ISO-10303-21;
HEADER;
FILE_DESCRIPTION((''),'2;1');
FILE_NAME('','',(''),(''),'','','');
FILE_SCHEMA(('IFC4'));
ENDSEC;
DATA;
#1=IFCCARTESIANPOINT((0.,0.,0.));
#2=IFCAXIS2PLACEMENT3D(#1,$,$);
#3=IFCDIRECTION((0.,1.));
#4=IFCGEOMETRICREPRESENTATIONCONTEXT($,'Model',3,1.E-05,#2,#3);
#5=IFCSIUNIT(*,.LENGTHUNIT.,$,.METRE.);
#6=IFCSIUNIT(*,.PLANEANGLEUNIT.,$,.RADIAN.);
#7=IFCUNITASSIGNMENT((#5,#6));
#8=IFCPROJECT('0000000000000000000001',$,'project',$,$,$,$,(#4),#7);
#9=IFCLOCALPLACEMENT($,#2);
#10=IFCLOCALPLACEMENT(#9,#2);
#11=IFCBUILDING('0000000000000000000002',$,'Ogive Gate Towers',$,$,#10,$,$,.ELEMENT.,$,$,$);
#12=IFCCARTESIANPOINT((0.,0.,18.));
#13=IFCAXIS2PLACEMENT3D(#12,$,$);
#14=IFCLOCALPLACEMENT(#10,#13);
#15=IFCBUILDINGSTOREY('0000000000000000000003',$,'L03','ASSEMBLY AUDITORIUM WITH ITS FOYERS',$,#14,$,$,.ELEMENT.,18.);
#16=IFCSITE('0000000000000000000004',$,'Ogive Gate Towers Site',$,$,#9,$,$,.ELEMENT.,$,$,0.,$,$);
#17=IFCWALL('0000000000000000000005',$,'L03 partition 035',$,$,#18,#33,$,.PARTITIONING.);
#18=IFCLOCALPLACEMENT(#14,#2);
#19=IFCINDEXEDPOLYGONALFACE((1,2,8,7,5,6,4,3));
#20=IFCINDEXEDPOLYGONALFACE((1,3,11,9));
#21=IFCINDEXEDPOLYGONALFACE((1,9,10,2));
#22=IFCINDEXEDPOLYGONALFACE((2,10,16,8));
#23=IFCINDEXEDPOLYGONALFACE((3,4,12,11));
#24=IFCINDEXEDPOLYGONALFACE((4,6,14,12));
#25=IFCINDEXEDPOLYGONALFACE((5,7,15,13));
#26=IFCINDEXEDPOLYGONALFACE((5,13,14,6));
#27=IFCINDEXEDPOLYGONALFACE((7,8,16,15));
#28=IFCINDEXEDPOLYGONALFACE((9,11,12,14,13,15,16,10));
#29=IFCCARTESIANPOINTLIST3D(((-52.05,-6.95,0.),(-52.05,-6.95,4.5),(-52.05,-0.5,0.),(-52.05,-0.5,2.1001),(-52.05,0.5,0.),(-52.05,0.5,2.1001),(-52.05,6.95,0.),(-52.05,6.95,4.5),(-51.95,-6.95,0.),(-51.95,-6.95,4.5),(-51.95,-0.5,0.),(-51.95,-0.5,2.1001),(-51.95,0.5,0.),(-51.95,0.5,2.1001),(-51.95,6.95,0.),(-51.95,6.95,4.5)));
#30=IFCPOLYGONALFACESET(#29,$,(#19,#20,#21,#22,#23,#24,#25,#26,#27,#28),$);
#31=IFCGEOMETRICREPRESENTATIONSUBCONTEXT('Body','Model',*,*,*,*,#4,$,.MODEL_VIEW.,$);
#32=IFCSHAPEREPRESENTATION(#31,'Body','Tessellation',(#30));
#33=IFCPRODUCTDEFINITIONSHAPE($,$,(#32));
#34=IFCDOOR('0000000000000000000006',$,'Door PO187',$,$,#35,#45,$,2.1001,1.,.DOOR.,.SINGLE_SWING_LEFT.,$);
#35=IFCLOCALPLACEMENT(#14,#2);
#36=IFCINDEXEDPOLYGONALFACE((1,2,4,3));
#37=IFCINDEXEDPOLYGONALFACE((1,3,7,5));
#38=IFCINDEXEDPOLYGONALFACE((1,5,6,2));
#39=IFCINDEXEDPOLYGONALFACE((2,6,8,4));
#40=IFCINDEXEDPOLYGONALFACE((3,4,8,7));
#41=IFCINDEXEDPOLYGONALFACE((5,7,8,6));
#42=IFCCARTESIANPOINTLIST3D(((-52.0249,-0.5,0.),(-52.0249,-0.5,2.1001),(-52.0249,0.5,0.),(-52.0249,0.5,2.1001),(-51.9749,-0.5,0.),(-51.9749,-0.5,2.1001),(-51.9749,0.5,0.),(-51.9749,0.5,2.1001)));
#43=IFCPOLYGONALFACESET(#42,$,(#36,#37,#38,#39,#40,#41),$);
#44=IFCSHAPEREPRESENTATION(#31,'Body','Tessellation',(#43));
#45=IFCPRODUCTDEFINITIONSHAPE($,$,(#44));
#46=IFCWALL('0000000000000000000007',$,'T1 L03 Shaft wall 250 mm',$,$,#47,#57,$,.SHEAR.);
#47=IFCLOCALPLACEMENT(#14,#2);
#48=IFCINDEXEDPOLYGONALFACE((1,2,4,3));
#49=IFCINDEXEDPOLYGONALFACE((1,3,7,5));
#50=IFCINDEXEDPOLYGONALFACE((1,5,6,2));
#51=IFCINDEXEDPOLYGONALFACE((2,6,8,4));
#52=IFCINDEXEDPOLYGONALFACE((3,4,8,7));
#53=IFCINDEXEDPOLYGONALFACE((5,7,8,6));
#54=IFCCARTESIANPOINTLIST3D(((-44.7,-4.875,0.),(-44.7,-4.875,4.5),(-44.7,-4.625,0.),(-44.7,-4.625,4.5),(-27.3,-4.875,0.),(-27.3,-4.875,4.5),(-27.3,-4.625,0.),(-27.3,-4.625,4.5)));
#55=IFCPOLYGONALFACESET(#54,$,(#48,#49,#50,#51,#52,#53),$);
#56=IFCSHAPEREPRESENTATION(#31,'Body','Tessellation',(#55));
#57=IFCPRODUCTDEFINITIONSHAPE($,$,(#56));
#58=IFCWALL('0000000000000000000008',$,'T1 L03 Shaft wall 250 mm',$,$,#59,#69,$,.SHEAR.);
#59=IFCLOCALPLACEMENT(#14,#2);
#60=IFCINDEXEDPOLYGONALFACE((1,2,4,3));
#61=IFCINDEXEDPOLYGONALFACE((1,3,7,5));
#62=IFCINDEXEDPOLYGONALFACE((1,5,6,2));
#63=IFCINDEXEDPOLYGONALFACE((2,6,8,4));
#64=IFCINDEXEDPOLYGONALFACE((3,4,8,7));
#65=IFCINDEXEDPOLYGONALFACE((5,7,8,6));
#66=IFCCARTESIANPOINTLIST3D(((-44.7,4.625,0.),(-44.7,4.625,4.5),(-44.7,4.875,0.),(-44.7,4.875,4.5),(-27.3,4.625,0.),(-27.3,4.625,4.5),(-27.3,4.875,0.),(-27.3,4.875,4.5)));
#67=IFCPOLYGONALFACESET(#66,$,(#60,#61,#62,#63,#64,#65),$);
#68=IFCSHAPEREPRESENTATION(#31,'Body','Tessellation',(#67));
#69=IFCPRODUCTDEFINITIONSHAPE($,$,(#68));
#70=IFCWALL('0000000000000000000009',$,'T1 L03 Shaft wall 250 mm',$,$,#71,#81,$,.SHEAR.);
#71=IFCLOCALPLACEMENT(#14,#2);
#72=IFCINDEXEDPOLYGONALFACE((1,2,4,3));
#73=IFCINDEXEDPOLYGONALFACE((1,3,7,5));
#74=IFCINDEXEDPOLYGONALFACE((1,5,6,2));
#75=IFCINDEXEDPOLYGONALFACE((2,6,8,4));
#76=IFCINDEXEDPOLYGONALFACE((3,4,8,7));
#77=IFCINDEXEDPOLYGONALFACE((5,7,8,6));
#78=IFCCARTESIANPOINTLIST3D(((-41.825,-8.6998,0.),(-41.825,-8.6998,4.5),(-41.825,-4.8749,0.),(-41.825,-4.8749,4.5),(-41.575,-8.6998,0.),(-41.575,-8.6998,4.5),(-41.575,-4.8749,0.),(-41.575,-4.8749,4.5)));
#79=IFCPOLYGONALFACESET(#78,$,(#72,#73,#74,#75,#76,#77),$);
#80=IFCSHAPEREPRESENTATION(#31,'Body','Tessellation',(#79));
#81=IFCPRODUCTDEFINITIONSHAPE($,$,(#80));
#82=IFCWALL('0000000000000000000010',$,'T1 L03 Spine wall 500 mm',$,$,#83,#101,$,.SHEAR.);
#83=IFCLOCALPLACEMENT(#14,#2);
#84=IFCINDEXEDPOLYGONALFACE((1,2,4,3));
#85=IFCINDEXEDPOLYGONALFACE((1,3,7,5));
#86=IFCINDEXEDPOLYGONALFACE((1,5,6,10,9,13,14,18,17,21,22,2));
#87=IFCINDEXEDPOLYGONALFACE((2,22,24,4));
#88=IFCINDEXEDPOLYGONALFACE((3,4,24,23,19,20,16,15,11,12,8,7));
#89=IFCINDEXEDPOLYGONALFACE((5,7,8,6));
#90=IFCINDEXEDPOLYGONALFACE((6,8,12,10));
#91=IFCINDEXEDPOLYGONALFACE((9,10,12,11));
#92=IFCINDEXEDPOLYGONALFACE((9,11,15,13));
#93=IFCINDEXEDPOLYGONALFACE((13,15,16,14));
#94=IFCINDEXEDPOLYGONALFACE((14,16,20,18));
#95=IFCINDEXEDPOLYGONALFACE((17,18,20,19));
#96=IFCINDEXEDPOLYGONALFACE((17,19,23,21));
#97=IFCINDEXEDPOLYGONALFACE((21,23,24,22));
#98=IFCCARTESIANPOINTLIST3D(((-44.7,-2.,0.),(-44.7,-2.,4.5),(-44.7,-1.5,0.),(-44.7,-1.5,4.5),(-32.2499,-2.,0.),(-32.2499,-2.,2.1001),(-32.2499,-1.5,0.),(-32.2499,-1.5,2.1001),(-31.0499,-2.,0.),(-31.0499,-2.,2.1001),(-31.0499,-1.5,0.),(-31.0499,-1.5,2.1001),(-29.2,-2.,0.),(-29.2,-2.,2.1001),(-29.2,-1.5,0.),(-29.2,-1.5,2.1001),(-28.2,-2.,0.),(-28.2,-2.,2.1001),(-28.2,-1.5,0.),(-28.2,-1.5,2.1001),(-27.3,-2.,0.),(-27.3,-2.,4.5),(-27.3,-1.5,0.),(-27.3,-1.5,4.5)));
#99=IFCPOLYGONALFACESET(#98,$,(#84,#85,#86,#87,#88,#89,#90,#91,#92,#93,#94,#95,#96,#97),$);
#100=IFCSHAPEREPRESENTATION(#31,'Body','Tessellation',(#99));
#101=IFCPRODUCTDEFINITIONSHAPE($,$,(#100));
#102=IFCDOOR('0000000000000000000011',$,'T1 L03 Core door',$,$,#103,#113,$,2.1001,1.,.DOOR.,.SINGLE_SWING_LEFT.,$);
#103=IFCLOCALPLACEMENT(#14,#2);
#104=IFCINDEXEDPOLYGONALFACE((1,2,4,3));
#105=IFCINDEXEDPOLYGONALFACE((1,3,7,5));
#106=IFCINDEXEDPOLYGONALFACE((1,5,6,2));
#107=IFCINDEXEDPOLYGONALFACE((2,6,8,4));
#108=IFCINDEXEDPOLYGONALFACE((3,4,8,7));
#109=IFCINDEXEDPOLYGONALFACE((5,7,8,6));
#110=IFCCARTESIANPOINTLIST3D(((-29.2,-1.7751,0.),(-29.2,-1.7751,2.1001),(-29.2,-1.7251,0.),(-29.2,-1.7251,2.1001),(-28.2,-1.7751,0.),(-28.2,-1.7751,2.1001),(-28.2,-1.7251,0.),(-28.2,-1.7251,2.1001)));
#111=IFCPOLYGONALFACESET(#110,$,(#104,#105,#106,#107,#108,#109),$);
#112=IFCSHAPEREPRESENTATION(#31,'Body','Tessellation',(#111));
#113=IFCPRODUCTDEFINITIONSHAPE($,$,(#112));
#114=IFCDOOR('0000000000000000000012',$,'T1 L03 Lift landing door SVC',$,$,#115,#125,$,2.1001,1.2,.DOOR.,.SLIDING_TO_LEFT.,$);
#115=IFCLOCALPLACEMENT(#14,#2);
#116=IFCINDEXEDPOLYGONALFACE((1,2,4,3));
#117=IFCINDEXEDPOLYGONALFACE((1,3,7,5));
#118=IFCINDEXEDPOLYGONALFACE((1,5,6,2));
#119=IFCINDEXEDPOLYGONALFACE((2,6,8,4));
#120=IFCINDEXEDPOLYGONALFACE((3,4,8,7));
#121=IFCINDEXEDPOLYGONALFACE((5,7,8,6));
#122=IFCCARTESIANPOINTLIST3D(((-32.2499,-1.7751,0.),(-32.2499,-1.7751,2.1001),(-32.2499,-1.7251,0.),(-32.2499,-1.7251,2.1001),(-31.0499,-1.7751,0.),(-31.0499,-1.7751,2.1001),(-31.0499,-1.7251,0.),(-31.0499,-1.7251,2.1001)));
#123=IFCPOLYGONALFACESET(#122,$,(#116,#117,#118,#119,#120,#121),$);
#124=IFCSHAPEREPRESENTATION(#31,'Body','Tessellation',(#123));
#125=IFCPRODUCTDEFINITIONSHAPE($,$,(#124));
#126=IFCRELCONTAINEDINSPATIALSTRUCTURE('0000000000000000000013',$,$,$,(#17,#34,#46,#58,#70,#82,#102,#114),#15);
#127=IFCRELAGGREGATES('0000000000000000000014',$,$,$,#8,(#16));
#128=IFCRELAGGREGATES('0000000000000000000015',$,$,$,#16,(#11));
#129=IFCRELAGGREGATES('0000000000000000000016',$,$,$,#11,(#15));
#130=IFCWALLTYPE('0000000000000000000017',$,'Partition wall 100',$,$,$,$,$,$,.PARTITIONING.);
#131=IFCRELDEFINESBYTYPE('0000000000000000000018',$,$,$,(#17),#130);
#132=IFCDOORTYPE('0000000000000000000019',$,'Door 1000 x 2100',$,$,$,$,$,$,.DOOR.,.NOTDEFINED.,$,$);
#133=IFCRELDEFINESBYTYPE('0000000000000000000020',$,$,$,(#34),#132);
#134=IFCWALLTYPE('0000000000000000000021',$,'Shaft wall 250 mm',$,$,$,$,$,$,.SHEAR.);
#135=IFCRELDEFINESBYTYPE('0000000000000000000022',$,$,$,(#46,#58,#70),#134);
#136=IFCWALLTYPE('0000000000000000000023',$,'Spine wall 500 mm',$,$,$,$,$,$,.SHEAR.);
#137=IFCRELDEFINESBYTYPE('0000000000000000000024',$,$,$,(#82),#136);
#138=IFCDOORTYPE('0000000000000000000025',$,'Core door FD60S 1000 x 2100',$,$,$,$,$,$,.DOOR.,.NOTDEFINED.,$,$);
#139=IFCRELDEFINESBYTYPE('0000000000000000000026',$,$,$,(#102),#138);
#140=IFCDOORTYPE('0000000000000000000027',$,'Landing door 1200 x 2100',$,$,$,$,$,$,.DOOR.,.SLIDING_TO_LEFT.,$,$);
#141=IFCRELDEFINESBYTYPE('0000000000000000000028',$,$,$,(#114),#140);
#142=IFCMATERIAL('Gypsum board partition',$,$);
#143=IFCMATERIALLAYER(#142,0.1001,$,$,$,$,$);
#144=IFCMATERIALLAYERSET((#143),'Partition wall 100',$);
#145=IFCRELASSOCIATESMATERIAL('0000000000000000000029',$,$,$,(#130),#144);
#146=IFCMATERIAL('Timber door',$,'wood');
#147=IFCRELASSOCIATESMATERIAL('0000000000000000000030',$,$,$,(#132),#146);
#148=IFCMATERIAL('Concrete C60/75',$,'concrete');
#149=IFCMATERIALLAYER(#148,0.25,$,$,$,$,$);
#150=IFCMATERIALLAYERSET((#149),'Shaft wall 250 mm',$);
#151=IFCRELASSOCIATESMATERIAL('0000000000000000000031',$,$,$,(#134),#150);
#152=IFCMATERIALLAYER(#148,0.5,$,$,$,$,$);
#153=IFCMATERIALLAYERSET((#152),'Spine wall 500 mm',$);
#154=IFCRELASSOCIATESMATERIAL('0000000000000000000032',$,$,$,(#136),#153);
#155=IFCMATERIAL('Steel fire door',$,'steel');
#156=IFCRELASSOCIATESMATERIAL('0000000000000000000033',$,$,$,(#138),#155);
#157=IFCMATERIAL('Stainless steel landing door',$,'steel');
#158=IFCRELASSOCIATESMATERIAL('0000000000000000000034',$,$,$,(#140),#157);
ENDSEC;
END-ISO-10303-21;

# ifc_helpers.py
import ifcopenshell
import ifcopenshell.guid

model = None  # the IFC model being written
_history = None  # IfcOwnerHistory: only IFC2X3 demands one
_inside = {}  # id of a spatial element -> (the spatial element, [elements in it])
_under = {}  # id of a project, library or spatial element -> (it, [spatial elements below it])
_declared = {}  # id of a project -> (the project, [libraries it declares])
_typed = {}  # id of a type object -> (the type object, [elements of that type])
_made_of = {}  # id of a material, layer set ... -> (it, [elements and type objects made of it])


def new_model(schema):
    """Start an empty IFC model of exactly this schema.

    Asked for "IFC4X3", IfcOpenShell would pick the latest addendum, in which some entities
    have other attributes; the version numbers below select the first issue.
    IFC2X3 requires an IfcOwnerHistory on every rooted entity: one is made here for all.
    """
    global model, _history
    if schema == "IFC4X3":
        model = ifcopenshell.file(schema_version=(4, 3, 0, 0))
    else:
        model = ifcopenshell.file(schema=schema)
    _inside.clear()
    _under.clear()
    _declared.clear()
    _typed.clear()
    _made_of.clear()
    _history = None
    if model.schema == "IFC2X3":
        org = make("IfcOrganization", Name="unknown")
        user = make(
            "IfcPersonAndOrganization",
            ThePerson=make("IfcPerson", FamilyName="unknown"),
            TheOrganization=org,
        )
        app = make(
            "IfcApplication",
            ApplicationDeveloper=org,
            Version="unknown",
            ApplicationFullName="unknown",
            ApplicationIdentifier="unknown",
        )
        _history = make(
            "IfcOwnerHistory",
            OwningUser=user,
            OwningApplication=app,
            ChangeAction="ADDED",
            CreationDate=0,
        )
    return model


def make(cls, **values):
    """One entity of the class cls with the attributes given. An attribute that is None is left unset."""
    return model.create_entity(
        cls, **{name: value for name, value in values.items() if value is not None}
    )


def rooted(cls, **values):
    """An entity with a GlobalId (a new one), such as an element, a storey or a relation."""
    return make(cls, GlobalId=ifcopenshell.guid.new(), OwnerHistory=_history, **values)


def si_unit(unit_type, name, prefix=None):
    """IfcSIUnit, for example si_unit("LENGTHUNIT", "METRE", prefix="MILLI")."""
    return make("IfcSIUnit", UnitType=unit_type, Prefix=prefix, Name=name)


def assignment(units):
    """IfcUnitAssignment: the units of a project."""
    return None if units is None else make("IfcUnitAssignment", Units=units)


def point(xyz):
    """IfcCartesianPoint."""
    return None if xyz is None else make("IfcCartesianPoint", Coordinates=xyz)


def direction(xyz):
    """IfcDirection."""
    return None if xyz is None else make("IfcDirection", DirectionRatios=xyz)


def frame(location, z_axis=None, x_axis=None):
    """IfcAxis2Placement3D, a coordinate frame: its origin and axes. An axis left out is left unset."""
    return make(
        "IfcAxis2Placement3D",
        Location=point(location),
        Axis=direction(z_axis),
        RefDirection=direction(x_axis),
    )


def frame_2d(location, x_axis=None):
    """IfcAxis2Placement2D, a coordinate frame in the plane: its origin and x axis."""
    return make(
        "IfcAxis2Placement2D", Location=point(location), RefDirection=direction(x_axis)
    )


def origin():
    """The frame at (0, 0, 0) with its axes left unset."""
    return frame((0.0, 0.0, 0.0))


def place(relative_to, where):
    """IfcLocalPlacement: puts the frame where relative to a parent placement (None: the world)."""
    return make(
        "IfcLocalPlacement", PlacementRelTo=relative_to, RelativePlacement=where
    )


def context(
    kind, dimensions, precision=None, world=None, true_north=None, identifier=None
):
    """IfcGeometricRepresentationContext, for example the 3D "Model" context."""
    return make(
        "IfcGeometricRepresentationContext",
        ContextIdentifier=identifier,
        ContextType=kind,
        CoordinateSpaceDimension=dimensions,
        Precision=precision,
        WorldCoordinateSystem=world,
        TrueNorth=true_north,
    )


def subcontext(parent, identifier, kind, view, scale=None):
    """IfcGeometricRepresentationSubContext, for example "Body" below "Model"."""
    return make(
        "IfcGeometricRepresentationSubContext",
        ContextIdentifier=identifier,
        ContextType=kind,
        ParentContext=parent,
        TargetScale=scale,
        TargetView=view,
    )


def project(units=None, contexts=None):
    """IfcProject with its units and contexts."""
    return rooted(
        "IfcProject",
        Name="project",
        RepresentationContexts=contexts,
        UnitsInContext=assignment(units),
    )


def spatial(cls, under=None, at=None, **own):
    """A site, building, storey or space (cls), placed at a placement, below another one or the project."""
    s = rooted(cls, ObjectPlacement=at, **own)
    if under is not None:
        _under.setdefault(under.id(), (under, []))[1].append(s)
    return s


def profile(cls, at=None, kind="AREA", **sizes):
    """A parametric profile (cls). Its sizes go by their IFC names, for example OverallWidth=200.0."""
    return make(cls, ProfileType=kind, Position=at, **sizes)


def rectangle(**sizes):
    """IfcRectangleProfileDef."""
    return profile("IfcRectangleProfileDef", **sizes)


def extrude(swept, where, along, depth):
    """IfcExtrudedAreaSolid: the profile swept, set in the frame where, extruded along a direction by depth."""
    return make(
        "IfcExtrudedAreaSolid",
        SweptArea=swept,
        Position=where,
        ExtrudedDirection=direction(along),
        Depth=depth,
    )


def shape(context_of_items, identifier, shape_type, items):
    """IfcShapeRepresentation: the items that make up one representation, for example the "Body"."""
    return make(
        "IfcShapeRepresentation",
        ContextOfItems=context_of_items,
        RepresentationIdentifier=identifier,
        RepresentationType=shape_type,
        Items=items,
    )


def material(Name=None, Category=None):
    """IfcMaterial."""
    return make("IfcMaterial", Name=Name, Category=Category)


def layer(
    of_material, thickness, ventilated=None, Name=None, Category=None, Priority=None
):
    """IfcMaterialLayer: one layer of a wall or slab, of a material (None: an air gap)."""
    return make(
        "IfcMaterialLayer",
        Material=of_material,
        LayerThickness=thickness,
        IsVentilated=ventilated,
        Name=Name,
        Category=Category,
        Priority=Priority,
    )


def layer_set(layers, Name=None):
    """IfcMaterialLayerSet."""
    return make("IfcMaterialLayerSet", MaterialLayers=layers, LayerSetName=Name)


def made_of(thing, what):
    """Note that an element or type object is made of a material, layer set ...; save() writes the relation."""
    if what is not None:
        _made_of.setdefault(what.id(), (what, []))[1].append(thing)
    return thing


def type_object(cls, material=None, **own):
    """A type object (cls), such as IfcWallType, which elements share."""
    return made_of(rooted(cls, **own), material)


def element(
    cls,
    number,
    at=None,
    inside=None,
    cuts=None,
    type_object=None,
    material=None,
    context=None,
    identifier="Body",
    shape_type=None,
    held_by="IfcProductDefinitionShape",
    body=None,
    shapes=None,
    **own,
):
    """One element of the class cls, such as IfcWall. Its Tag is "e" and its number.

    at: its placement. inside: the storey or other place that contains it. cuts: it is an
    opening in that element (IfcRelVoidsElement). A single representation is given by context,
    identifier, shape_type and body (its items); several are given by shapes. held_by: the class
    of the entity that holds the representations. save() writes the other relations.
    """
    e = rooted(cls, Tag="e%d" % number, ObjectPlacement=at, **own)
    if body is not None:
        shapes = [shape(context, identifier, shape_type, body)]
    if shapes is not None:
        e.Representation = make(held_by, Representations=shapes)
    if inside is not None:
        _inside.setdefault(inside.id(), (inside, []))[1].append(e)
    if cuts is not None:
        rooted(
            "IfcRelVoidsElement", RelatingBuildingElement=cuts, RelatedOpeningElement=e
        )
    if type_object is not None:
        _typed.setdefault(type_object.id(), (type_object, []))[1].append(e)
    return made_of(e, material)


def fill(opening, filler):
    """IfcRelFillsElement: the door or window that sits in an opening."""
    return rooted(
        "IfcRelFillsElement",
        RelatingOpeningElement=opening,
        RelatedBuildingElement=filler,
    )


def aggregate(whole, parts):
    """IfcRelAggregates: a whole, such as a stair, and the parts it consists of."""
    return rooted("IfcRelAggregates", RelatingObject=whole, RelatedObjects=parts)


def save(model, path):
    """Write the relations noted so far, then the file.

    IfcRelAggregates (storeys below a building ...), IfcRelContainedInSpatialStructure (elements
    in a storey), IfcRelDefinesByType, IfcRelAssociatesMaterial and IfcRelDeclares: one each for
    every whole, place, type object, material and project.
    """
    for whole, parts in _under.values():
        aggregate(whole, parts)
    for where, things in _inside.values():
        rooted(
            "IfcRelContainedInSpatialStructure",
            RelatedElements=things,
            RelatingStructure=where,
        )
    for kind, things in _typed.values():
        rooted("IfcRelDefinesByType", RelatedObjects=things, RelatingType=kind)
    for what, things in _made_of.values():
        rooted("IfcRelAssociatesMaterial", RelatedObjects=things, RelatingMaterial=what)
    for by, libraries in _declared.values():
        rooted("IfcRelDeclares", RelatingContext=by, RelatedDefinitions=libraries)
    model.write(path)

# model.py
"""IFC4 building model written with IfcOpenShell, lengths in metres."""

from ifc_helpers import new_model, si_unit, direction, frame, frame_2d, origin, place, context, subcontext, project, spatial, rectangle, extrude, material, layer, layer_set, type_object, element, fill, save


model = new_model("IFC4")

# Units and contexts
model_context = context("Model", 3, precision=1e-05, world=origin(), true_north=direction((0.0, 1.0)))
body_context = subcontext(model_context, "Body", "Model", "MODEL_VIEW")
ifc_project = project(units=[si_unit("LENGTHUNIT", "METRE"), si_unit("PLANEANGLEUNIT", "RADIAN")], contexts=[model_context])

# Site, building, storey
site_placement = place(None, origin())
site = spatial("IfcSite", under=ifc_project, at=site_placement, Name="Ogive Gate Towers Site", CompositionType="ELEMENT", RefElevation=0.0)
building_placement = place(site_placement, origin())
building = spatial("IfcBuilding", under=site, at=building_placement, Name="Ogive Gate Towers", CompositionType="ELEMENT")
storey_placement = place(building_placement, frame((0.0, 0.0, 18.0)))
storey = spatial("IfcBuildingStorey", under=building, at=storey_placement, Name="L03", Description="ASSEMBLY AUDITORIUM WITH ITS FOYERS", CompositionType="ELEMENT", Elevation=18.0)

# Shared definitions
ifc_material_1 = material(Name="Concrete C60/75", Category="concrete")
ifc_material_2 = material(Name="Timber door", Category="wood")
ifc_material_3 = material(Name="Steel fire door", Category="steel")

# Wall, opening, door
ifc_material_4 = material(Name="Gypsum board partition")
ifc_layer_1 = layer(ifc_material_4, 0.1001)
ifc_layer_set_1 = layer_set([ifc_layer_1], Name="Partition wall 100")
wall_type_1 = type_object("IfcWallType", Name="Partition wall 100", PredefinedType="PARTITIONING", material=ifc_layer_set_1)
wall_1_placement = place(storey_placement, frame((-52.0, -6.95, 0.0), z_axis=(0.0, 0.0, 1.0), x_axis=(0.0, 1.0, 0.0)))
wall_1 = element("IfcWall", 1, at=wall_1_placement, inside=storey, type_object=wall_type_1, Name="L03 partition 035", PredefinedType="PARTITIONING", context=body_context, shape_type="SweptSolid", body=[
    extrude(rectangle(XDim=13.8999, YDim=0.1001, at=frame_2d((6.95, 0.0))), origin(), (0.0, 0.0, 1.0), 4.5),
])
opening_1_placement = place(wall_1_placement, frame((6.45, 0.0, 0.0)))
opening_1 = element("IfcOpeningElement", 2, at=opening_1_placement, cuts=wall_1, PredefinedType="OPENING", context=body_context, shape_type="SweptSolid", body=[
    extrude(rectangle(XDim=1.0, YDim=2.1001, at=frame_2d((0.5, 1.05))), frame((0.0, 0.0601, 0.0), z_axis=(0.0, -1.0, 0.0), x_axis=(1.0, 0.0, 0.0)), (0.0, 0.0, 1.0), 0.1201),
])
door_type_1 = type_object("IfcDoorType", Name="Door 1000 x 2100", OperationType="NOTDEFINED", PredefinedType="DOOR", material=ifc_material_2)
door_1_placement = place(opening_1_placement, origin())
door_1 = element("IfcDoor", 3, at=door_1_placement, inside=storey, type_object=door_type_1, Name="Door PO187", OperationType="SINGLE_SWING_LEFT", OverallHeight=2.1001, OverallWidth=1.0, PredefinedType="DOOR", context=body_context, shape_type="SweptSolid", body=[
    extrude(rectangle(XDim=1.0, YDim=2.1001, at=frame_2d((0.5, 1.05))), frame((0.0, 0.0249, 0.0), z_axis=(0.0, -1.0, 0.0), x_axis=(1.0, 0.0, 0.0)), (0.0, 0.0, 1.0), 0.05),
])
fill(opening_1, door_1)

# Walls
ifc_layer_2 = layer(ifc_material_1, 0.25)
ifc_layer_set_2 = layer_set([ifc_layer_2], Name="Shaft wall 250 mm")
wall_type_2 = type_object("IfcWallType", Name="Shaft wall 250 mm", PredefinedType="SHEAR", material=ifc_layer_set_2)
for number, where, z_axis, x_axis, name in (
    (4, (-44.7, -4.75, 0.0), (0.0, 0.0, 1.0), (1.0, 0.0, 0.0), "T1 L03 Shaft wall 250 mm"),
    (5, (-44.7, 4.75, 0.0), (0.0, 0.0, 1.0), (1.0, 0.0, 0.0), "T1 L03 Shaft wall 250 mm"),
):
    element("IfcWall", number, at=place(storey_placement, frame(where, z_axis=z_axis, x_axis=x_axis)), inside=storey, type_object=wall_type_2, Name=name, PredefinedType="SHEAR", context=body_context, shape_type="SweptSolid", body=[
        extrude(rectangle(XDim=17.3999, YDim=0.25, at=frame_2d((8.7, 0.0))), origin(), (0.0, 0.0, 1.0), 4.5),
    ])
wall_2_placement = place(storey_placement, frame((-41.7, -8.7, 0.0), z_axis=(0.0, 0.0, 1.0), x_axis=(0.0, 1.0, 0.0)))
element("IfcWall", 6, at=wall_2_placement, inside=storey, type_object=wall_type_2, Name="T1 L03 Shaft wall 250 mm", PredefinedType="SHEAR", context=body_context, shape_type="SweptSolid", body=[
    extrude(rectangle(XDim=3.825, YDim=0.25, at=frame_2d((1.9126, 0.0))), origin(), (0.0, 0.0, 1.0), 4.5),
])

# Wall, openings, doors
ifc_layer_3 = layer(ifc_material_1, 0.5)
ifc_layer_set_3 = layer_set([ifc_layer_3], Name="Spine wall 500 mm")
wall_type_3 = type_object("IfcWallType", Name="Spine wall 500 mm", PredefinedType="SHEAR", material=ifc_layer_set_3)
wall_3_placement = place(storey_placement, frame((-44.7, -1.75, 0.0), z_axis=(0.0, 0.0, 1.0), x_axis=(1.0, 0.0, 0.0)))
wall_3 = element("IfcWall", 7, at=wall_3_placement, inside=storey, type_object=wall_type_3, Name="T1 L03 Spine wall 500 mm", PredefinedType="SHEAR", context=body_context, shape_type="SweptSolid", body=[
    extrude(rectangle(XDim=17.3999, YDim=0.5, at=frame_2d((8.7, 0.0))), origin(), (0.0, 0.0, 1.0), 4.5),
])
opening_2_placement = place(wall_3_placement, frame((12.45, 0.0, 0.0)))
opening_2 = element("IfcOpeningElement", 8, at=opening_2_placement, cuts=wall_3, PredefinedType="OPENING", context=body_context, shape_type="SweptSolid", body=[
    extrude(rectangle(XDim=1.2, YDim=2.1001, at=frame_2d((0.6001, 1.05))), frame((0.0, 0.26, 0.0), z_axis=(0.0, -1.0, 0.0), x_axis=(1.0, 0.0, 0.0)), (0.0, 0.0, 1.0), 0.52),
])
opening_3_placement = place(wall_3_placement, frame((15.5, 0.0, 0.0)))
opening_3 = element("IfcOpeningElement", 9, at=opening_3_placement, cuts=wall_3, PredefinedType="OPENING", context=body_context, shape_type="SweptSolid", body=[
    extrude(rectangle(XDim=1.0, YDim=2.1001, at=frame_2d((0.5, 1.05))), frame((0.0, 0.26, 0.0), z_axis=(0.0, -1.0, 0.0), x_axis=(1.0, 0.0, 0.0)), (0.0, 0.0, 1.0), 0.52),
])
door_type_2 = type_object("IfcDoorType", Name="Core door FD60S 1000 x 2100", OperationType="NOTDEFINED", PredefinedType="DOOR", material=ifc_material_3)
door_2_placement = place(opening_3_placement, origin())
door_2 = element("IfcDoor", 10, at=door_2_placement, inside=storey, type_object=door_type_2, Name="T1 L03 Core door", OperationType="SINGLE_SWING_LEFT", OverallHeight=2.1001, OverallWidth=1.0, PredefinedType="DOOR", context=body_context, shape_type="SweptSolid", body=[
    extrude(rectangle(XDim=1.0, YDim=2.1001, at=frame_2d((0.5, 1.05))), frame((0.0, 0.0249, 0.0), z_axis=(0.0, -1.0, 0.0), x_axis=(1.0, 0.0, 0.0)), (0.0, 0.0, 1.0), 0.05),
])
fill(opening_3, door_2)
ifc_material_5 = material(Name="Stainless steel landing door", Category="steel")
door_type_3 = type_object("IfcDoorType", Name="Landing door 1200 x 2100", OperationType="SLIDING_TO_LEFT", PredefinedType="DOOR", material=ifc_material_5)
door_3_placement = place(opening_2_placement, origin())
door_3 = element("IfcDoor", 11, at=door_3_placement, inside=storey, type_object=door_type_3, Name="T1 L03 Lift landing door SVC", OperationType="SLIDING_TO_LEFT", OverallHeight=2.1001, OverallWidth=1.2, PredefinedType="DOOR", context=body_context, shape_type="SweptSolid", body=[
    extrude(rectangle(XDim=1.2, YDim=2.1001, at=frame_2d((0.6001, 1.05))), frame((0.0, 0.0249, 0.0), z_axis=(0.0, -1.0, 0.0), x_axis=(1.0, 0.0, 0.0)), (0.0, 0.0, 1.0), 0.05),
])
fill(opening_2, door_3)

save(model, "model.ifc")
